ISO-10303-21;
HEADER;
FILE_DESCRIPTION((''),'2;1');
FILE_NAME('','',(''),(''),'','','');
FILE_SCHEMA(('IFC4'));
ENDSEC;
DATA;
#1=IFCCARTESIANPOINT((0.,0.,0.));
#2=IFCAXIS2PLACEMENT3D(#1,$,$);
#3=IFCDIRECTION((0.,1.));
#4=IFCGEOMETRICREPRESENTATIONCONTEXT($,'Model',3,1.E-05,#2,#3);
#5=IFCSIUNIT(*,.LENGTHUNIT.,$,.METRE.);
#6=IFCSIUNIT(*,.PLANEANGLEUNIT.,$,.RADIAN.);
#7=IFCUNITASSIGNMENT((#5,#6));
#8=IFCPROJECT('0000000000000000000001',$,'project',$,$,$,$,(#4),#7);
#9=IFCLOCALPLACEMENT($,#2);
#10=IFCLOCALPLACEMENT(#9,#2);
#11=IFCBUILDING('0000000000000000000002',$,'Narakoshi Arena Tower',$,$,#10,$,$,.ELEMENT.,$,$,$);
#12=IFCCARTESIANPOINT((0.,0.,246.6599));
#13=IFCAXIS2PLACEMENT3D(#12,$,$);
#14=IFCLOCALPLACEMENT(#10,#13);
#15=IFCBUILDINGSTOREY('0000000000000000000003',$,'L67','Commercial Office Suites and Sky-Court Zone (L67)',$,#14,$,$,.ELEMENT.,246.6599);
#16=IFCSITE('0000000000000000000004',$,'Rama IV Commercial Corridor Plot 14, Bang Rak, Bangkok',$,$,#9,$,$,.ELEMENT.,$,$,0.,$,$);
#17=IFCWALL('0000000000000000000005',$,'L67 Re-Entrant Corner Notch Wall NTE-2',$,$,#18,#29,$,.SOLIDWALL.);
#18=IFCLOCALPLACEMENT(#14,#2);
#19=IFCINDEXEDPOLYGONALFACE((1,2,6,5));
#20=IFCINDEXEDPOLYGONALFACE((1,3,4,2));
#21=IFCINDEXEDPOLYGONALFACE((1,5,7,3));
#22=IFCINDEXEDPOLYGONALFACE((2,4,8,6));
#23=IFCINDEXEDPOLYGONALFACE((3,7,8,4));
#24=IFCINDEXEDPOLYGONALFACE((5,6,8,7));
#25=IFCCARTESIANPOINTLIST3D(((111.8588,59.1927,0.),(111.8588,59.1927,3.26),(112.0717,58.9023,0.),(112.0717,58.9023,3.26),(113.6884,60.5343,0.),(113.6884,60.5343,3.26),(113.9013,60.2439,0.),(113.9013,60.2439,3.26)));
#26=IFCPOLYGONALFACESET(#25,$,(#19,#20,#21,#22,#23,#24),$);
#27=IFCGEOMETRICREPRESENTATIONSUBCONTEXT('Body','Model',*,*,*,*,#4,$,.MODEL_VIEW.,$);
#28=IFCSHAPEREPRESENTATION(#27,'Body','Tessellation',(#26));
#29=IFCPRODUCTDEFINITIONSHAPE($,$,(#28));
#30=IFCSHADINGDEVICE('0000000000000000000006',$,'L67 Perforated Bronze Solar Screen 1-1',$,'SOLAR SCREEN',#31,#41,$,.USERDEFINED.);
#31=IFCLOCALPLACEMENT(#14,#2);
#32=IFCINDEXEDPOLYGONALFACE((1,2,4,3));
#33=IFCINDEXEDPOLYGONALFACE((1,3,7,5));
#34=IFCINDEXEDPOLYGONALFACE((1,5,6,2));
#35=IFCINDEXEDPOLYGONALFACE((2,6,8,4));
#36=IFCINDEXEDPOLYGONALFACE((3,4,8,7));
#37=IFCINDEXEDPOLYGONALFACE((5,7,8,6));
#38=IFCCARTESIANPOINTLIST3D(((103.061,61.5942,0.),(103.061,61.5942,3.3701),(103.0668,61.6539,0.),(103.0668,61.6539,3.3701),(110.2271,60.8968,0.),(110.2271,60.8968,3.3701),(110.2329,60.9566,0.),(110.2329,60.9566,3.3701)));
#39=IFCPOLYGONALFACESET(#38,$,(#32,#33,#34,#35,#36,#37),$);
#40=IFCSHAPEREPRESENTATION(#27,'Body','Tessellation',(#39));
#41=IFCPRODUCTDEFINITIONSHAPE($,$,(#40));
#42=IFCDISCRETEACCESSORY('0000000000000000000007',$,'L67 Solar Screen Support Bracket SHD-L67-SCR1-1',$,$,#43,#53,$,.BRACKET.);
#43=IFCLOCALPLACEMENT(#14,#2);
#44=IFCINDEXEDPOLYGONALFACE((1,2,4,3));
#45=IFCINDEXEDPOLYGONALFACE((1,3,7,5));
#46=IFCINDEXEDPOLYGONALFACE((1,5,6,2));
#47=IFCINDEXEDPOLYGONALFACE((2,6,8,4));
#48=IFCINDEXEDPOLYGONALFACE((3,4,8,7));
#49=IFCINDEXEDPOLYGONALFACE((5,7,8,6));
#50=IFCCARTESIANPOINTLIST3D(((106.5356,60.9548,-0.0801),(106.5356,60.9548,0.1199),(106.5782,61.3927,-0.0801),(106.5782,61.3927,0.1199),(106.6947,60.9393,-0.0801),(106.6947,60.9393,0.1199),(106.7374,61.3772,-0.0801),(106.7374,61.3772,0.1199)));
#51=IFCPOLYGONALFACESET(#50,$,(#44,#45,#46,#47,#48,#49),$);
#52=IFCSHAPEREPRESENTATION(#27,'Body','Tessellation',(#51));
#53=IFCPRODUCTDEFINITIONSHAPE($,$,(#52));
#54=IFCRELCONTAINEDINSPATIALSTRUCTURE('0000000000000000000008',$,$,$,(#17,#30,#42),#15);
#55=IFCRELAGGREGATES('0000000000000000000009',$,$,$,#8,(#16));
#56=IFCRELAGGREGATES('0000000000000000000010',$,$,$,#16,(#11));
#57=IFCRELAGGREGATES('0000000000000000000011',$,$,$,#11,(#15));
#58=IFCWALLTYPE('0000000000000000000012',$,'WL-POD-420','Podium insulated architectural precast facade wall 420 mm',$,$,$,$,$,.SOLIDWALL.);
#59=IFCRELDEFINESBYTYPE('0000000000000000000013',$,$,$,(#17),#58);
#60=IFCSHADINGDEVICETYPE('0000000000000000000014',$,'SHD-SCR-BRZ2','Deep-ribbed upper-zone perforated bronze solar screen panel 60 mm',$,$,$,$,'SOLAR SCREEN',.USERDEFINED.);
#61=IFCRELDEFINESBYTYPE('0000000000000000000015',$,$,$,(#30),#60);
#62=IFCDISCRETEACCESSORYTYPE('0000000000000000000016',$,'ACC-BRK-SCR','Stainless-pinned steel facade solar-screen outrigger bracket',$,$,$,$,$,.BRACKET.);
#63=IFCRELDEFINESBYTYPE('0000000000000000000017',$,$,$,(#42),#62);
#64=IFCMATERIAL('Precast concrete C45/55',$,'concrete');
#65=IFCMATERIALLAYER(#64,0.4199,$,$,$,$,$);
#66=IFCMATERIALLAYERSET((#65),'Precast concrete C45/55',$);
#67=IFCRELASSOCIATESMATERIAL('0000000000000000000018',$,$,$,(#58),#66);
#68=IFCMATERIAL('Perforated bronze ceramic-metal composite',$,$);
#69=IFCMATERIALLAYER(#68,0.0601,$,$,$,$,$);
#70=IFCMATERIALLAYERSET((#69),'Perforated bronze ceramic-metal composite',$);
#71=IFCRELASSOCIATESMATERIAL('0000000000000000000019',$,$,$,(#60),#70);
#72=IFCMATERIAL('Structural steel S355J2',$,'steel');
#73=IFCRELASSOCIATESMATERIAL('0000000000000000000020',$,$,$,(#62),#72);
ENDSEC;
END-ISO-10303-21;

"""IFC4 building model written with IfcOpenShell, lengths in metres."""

from ifc_helpers import new_model, si_unit, direction, frame, frame_2d, origin, origin_2d, place, context, subcontext, project, spatial, rectangle, extrude, material, layer, layer_set, type_object, element, save


model = new_model("IFC4")

# Units and contexts
model_context = context("Model", 3, precision=1e-05, world=origin(), true_north=direction((0.0, 1.0)))
body_context = subcontext(model_context, "Body", "Model", "MODEL_VIEW")
ifc_project = project(units=[si_unit("LENGTHUNIT", "METRE"), si_unit("PLANEANGLEUNIT", "RADIAN")], contexts=[model_context])

# Site, building, storey
site_placement = place(None, origin())
site = spatial("IfcSite", under=ifc_project, at=site_placement, Name="Rama IV Commercial Corridor Plot 14, Bang Rak, Bangkok", CompositionType="ELEMENT", RefElevation=0.0)
building_placement = place(site_placement, origin())
building = spatial("IfcBuilding", under=site, at=building_placement, Name="Narakoshi Arena Tower", CompositionType="ELEMENT")
storey_placement = place(building_placement, frame((0.0, 0.0, 246.6599)))
storey = spatial("IfcBuildingStorey", under=building, at=storey_placement, Name="L67", Description="Commercial Office Suites and Sky-Court Zone (L67)", CompositionType="ELEMENT", Elevation=246.6599)

# Shared definitions
ifc_material_1 = material(Name="Structural steel S355J2", Category="steel")

# Shared definitions
ifc_material_2 = material(Name="Precast concrete C45/55", Category="concrete")

# Shared definitions
ifc_layer_1 = layer(ifc_material_2, 0.4199)
ifc_layer_set_1 = layer_set([ifc_layer_1], Name="Precast concrete C45/55")
wall_type_1 = type_object("IfcWallType", Name="WL-POD-420", Description="Podium insulated architectural precast facade wall 420 mm", PredefinedType="SOLIDWALL", material=ifc_layer_set_1)

# Wall
wall_1_placement = place(storey_placement, frame((111.9653, 59.0476, 0.0), z_axis=(0.0, 0.0, 1.0), x_axis=(0.806436, 0.591322, 0.0)))
element("IfcWall", 1, at=wall_1_placement, inside=storey, type_object=wall_type_1, Name="L67 Re-Entrant Corner Notch Wall NTE-2", PredefinedType="SOLIDWALL", context=body_context, shape_type="SweptSolid", body=[
    extrude(rectangle(XDim=2.2688, YDim=0.3601, at=frame_2d((1.1343, 0.0))), origin(), (0.0, 0.0, 1.0), 3.26),
])

# Shading device
ifc_material_3 = material(Name="Perforated bronze ceramic-metal composite")
ifc_layer_2 = layer(ifc_material_3, 0.0601)
ifc_layer_set_2 = layer_set([ifc_layer_2], Name="Perforated bronze ceramic-metal composite")
shading_device_type = type_object("IfcShadingDeviceType", Name="SHD-SCR-BRZ2", Description="Deep-ribbed upper-zone perforated bronze solar screen panel 60 mm", ElementType="SOLAR SCREEN", PredefinedType="USERDEFINED", material=ifc_layer_set_2)
shading_device_placement = place(storey_placement, frame((106.647, 61.2754, 0.0), z_axis=(0.0, 0.0, 1.0), x_axis=(-0.995299, 0.096853, 0.0)))
element("IfcShadingDevice", 2, at=shading_device_placement, inside=storey, type_object=shading_device_type, Name="L67 Perforated Bronze Solar Screen 1-1", ObjectType="SOLAR SCREEN", PredefinedType="USERDEFINED", context=body_context, shape_type="SweptSolid", body=[
    extrude(rectangle(XDim=7.2, YDim=0.0601, at=origin_2d()), origin(), (0.0, 0.0, 1.0), 3.3701),
])

# Discrete accessory
discrete_accessory_type = type_object("IfcDiscreteAccessoryType", Name="ACC-BRK-SCR", Description="Stainless-pinned steel facade solar-screen outrigger bracket", PredefinedType="BRACKET", material=ifc_material_1)
discrete_accessory_placement = place(storey_placement, frame((106.6365, 61.166, -0.0801), z_axis=(0.0, 0.0, 1.0), x_axis=(-0.995299, 0.096853, 0.0)))
element("IfcDiscreteAccessory", 3, at=discrete_accessory_placement, inside=storey, type_object=discrete_accessory_type, Name="L67 Solar Screen Support Bracket SHD-L67-SCR1-1", PredefinedType="BRACKET", context=body_context, shape_type="SweptSolid", body=[
    extrude(rectangle(XDim=0.1599, YDim=0.4399, at=origin_2d()), origin(), (0.0, 0.0, 1.0), 0.2),
])

save(model, "model.ifc")
